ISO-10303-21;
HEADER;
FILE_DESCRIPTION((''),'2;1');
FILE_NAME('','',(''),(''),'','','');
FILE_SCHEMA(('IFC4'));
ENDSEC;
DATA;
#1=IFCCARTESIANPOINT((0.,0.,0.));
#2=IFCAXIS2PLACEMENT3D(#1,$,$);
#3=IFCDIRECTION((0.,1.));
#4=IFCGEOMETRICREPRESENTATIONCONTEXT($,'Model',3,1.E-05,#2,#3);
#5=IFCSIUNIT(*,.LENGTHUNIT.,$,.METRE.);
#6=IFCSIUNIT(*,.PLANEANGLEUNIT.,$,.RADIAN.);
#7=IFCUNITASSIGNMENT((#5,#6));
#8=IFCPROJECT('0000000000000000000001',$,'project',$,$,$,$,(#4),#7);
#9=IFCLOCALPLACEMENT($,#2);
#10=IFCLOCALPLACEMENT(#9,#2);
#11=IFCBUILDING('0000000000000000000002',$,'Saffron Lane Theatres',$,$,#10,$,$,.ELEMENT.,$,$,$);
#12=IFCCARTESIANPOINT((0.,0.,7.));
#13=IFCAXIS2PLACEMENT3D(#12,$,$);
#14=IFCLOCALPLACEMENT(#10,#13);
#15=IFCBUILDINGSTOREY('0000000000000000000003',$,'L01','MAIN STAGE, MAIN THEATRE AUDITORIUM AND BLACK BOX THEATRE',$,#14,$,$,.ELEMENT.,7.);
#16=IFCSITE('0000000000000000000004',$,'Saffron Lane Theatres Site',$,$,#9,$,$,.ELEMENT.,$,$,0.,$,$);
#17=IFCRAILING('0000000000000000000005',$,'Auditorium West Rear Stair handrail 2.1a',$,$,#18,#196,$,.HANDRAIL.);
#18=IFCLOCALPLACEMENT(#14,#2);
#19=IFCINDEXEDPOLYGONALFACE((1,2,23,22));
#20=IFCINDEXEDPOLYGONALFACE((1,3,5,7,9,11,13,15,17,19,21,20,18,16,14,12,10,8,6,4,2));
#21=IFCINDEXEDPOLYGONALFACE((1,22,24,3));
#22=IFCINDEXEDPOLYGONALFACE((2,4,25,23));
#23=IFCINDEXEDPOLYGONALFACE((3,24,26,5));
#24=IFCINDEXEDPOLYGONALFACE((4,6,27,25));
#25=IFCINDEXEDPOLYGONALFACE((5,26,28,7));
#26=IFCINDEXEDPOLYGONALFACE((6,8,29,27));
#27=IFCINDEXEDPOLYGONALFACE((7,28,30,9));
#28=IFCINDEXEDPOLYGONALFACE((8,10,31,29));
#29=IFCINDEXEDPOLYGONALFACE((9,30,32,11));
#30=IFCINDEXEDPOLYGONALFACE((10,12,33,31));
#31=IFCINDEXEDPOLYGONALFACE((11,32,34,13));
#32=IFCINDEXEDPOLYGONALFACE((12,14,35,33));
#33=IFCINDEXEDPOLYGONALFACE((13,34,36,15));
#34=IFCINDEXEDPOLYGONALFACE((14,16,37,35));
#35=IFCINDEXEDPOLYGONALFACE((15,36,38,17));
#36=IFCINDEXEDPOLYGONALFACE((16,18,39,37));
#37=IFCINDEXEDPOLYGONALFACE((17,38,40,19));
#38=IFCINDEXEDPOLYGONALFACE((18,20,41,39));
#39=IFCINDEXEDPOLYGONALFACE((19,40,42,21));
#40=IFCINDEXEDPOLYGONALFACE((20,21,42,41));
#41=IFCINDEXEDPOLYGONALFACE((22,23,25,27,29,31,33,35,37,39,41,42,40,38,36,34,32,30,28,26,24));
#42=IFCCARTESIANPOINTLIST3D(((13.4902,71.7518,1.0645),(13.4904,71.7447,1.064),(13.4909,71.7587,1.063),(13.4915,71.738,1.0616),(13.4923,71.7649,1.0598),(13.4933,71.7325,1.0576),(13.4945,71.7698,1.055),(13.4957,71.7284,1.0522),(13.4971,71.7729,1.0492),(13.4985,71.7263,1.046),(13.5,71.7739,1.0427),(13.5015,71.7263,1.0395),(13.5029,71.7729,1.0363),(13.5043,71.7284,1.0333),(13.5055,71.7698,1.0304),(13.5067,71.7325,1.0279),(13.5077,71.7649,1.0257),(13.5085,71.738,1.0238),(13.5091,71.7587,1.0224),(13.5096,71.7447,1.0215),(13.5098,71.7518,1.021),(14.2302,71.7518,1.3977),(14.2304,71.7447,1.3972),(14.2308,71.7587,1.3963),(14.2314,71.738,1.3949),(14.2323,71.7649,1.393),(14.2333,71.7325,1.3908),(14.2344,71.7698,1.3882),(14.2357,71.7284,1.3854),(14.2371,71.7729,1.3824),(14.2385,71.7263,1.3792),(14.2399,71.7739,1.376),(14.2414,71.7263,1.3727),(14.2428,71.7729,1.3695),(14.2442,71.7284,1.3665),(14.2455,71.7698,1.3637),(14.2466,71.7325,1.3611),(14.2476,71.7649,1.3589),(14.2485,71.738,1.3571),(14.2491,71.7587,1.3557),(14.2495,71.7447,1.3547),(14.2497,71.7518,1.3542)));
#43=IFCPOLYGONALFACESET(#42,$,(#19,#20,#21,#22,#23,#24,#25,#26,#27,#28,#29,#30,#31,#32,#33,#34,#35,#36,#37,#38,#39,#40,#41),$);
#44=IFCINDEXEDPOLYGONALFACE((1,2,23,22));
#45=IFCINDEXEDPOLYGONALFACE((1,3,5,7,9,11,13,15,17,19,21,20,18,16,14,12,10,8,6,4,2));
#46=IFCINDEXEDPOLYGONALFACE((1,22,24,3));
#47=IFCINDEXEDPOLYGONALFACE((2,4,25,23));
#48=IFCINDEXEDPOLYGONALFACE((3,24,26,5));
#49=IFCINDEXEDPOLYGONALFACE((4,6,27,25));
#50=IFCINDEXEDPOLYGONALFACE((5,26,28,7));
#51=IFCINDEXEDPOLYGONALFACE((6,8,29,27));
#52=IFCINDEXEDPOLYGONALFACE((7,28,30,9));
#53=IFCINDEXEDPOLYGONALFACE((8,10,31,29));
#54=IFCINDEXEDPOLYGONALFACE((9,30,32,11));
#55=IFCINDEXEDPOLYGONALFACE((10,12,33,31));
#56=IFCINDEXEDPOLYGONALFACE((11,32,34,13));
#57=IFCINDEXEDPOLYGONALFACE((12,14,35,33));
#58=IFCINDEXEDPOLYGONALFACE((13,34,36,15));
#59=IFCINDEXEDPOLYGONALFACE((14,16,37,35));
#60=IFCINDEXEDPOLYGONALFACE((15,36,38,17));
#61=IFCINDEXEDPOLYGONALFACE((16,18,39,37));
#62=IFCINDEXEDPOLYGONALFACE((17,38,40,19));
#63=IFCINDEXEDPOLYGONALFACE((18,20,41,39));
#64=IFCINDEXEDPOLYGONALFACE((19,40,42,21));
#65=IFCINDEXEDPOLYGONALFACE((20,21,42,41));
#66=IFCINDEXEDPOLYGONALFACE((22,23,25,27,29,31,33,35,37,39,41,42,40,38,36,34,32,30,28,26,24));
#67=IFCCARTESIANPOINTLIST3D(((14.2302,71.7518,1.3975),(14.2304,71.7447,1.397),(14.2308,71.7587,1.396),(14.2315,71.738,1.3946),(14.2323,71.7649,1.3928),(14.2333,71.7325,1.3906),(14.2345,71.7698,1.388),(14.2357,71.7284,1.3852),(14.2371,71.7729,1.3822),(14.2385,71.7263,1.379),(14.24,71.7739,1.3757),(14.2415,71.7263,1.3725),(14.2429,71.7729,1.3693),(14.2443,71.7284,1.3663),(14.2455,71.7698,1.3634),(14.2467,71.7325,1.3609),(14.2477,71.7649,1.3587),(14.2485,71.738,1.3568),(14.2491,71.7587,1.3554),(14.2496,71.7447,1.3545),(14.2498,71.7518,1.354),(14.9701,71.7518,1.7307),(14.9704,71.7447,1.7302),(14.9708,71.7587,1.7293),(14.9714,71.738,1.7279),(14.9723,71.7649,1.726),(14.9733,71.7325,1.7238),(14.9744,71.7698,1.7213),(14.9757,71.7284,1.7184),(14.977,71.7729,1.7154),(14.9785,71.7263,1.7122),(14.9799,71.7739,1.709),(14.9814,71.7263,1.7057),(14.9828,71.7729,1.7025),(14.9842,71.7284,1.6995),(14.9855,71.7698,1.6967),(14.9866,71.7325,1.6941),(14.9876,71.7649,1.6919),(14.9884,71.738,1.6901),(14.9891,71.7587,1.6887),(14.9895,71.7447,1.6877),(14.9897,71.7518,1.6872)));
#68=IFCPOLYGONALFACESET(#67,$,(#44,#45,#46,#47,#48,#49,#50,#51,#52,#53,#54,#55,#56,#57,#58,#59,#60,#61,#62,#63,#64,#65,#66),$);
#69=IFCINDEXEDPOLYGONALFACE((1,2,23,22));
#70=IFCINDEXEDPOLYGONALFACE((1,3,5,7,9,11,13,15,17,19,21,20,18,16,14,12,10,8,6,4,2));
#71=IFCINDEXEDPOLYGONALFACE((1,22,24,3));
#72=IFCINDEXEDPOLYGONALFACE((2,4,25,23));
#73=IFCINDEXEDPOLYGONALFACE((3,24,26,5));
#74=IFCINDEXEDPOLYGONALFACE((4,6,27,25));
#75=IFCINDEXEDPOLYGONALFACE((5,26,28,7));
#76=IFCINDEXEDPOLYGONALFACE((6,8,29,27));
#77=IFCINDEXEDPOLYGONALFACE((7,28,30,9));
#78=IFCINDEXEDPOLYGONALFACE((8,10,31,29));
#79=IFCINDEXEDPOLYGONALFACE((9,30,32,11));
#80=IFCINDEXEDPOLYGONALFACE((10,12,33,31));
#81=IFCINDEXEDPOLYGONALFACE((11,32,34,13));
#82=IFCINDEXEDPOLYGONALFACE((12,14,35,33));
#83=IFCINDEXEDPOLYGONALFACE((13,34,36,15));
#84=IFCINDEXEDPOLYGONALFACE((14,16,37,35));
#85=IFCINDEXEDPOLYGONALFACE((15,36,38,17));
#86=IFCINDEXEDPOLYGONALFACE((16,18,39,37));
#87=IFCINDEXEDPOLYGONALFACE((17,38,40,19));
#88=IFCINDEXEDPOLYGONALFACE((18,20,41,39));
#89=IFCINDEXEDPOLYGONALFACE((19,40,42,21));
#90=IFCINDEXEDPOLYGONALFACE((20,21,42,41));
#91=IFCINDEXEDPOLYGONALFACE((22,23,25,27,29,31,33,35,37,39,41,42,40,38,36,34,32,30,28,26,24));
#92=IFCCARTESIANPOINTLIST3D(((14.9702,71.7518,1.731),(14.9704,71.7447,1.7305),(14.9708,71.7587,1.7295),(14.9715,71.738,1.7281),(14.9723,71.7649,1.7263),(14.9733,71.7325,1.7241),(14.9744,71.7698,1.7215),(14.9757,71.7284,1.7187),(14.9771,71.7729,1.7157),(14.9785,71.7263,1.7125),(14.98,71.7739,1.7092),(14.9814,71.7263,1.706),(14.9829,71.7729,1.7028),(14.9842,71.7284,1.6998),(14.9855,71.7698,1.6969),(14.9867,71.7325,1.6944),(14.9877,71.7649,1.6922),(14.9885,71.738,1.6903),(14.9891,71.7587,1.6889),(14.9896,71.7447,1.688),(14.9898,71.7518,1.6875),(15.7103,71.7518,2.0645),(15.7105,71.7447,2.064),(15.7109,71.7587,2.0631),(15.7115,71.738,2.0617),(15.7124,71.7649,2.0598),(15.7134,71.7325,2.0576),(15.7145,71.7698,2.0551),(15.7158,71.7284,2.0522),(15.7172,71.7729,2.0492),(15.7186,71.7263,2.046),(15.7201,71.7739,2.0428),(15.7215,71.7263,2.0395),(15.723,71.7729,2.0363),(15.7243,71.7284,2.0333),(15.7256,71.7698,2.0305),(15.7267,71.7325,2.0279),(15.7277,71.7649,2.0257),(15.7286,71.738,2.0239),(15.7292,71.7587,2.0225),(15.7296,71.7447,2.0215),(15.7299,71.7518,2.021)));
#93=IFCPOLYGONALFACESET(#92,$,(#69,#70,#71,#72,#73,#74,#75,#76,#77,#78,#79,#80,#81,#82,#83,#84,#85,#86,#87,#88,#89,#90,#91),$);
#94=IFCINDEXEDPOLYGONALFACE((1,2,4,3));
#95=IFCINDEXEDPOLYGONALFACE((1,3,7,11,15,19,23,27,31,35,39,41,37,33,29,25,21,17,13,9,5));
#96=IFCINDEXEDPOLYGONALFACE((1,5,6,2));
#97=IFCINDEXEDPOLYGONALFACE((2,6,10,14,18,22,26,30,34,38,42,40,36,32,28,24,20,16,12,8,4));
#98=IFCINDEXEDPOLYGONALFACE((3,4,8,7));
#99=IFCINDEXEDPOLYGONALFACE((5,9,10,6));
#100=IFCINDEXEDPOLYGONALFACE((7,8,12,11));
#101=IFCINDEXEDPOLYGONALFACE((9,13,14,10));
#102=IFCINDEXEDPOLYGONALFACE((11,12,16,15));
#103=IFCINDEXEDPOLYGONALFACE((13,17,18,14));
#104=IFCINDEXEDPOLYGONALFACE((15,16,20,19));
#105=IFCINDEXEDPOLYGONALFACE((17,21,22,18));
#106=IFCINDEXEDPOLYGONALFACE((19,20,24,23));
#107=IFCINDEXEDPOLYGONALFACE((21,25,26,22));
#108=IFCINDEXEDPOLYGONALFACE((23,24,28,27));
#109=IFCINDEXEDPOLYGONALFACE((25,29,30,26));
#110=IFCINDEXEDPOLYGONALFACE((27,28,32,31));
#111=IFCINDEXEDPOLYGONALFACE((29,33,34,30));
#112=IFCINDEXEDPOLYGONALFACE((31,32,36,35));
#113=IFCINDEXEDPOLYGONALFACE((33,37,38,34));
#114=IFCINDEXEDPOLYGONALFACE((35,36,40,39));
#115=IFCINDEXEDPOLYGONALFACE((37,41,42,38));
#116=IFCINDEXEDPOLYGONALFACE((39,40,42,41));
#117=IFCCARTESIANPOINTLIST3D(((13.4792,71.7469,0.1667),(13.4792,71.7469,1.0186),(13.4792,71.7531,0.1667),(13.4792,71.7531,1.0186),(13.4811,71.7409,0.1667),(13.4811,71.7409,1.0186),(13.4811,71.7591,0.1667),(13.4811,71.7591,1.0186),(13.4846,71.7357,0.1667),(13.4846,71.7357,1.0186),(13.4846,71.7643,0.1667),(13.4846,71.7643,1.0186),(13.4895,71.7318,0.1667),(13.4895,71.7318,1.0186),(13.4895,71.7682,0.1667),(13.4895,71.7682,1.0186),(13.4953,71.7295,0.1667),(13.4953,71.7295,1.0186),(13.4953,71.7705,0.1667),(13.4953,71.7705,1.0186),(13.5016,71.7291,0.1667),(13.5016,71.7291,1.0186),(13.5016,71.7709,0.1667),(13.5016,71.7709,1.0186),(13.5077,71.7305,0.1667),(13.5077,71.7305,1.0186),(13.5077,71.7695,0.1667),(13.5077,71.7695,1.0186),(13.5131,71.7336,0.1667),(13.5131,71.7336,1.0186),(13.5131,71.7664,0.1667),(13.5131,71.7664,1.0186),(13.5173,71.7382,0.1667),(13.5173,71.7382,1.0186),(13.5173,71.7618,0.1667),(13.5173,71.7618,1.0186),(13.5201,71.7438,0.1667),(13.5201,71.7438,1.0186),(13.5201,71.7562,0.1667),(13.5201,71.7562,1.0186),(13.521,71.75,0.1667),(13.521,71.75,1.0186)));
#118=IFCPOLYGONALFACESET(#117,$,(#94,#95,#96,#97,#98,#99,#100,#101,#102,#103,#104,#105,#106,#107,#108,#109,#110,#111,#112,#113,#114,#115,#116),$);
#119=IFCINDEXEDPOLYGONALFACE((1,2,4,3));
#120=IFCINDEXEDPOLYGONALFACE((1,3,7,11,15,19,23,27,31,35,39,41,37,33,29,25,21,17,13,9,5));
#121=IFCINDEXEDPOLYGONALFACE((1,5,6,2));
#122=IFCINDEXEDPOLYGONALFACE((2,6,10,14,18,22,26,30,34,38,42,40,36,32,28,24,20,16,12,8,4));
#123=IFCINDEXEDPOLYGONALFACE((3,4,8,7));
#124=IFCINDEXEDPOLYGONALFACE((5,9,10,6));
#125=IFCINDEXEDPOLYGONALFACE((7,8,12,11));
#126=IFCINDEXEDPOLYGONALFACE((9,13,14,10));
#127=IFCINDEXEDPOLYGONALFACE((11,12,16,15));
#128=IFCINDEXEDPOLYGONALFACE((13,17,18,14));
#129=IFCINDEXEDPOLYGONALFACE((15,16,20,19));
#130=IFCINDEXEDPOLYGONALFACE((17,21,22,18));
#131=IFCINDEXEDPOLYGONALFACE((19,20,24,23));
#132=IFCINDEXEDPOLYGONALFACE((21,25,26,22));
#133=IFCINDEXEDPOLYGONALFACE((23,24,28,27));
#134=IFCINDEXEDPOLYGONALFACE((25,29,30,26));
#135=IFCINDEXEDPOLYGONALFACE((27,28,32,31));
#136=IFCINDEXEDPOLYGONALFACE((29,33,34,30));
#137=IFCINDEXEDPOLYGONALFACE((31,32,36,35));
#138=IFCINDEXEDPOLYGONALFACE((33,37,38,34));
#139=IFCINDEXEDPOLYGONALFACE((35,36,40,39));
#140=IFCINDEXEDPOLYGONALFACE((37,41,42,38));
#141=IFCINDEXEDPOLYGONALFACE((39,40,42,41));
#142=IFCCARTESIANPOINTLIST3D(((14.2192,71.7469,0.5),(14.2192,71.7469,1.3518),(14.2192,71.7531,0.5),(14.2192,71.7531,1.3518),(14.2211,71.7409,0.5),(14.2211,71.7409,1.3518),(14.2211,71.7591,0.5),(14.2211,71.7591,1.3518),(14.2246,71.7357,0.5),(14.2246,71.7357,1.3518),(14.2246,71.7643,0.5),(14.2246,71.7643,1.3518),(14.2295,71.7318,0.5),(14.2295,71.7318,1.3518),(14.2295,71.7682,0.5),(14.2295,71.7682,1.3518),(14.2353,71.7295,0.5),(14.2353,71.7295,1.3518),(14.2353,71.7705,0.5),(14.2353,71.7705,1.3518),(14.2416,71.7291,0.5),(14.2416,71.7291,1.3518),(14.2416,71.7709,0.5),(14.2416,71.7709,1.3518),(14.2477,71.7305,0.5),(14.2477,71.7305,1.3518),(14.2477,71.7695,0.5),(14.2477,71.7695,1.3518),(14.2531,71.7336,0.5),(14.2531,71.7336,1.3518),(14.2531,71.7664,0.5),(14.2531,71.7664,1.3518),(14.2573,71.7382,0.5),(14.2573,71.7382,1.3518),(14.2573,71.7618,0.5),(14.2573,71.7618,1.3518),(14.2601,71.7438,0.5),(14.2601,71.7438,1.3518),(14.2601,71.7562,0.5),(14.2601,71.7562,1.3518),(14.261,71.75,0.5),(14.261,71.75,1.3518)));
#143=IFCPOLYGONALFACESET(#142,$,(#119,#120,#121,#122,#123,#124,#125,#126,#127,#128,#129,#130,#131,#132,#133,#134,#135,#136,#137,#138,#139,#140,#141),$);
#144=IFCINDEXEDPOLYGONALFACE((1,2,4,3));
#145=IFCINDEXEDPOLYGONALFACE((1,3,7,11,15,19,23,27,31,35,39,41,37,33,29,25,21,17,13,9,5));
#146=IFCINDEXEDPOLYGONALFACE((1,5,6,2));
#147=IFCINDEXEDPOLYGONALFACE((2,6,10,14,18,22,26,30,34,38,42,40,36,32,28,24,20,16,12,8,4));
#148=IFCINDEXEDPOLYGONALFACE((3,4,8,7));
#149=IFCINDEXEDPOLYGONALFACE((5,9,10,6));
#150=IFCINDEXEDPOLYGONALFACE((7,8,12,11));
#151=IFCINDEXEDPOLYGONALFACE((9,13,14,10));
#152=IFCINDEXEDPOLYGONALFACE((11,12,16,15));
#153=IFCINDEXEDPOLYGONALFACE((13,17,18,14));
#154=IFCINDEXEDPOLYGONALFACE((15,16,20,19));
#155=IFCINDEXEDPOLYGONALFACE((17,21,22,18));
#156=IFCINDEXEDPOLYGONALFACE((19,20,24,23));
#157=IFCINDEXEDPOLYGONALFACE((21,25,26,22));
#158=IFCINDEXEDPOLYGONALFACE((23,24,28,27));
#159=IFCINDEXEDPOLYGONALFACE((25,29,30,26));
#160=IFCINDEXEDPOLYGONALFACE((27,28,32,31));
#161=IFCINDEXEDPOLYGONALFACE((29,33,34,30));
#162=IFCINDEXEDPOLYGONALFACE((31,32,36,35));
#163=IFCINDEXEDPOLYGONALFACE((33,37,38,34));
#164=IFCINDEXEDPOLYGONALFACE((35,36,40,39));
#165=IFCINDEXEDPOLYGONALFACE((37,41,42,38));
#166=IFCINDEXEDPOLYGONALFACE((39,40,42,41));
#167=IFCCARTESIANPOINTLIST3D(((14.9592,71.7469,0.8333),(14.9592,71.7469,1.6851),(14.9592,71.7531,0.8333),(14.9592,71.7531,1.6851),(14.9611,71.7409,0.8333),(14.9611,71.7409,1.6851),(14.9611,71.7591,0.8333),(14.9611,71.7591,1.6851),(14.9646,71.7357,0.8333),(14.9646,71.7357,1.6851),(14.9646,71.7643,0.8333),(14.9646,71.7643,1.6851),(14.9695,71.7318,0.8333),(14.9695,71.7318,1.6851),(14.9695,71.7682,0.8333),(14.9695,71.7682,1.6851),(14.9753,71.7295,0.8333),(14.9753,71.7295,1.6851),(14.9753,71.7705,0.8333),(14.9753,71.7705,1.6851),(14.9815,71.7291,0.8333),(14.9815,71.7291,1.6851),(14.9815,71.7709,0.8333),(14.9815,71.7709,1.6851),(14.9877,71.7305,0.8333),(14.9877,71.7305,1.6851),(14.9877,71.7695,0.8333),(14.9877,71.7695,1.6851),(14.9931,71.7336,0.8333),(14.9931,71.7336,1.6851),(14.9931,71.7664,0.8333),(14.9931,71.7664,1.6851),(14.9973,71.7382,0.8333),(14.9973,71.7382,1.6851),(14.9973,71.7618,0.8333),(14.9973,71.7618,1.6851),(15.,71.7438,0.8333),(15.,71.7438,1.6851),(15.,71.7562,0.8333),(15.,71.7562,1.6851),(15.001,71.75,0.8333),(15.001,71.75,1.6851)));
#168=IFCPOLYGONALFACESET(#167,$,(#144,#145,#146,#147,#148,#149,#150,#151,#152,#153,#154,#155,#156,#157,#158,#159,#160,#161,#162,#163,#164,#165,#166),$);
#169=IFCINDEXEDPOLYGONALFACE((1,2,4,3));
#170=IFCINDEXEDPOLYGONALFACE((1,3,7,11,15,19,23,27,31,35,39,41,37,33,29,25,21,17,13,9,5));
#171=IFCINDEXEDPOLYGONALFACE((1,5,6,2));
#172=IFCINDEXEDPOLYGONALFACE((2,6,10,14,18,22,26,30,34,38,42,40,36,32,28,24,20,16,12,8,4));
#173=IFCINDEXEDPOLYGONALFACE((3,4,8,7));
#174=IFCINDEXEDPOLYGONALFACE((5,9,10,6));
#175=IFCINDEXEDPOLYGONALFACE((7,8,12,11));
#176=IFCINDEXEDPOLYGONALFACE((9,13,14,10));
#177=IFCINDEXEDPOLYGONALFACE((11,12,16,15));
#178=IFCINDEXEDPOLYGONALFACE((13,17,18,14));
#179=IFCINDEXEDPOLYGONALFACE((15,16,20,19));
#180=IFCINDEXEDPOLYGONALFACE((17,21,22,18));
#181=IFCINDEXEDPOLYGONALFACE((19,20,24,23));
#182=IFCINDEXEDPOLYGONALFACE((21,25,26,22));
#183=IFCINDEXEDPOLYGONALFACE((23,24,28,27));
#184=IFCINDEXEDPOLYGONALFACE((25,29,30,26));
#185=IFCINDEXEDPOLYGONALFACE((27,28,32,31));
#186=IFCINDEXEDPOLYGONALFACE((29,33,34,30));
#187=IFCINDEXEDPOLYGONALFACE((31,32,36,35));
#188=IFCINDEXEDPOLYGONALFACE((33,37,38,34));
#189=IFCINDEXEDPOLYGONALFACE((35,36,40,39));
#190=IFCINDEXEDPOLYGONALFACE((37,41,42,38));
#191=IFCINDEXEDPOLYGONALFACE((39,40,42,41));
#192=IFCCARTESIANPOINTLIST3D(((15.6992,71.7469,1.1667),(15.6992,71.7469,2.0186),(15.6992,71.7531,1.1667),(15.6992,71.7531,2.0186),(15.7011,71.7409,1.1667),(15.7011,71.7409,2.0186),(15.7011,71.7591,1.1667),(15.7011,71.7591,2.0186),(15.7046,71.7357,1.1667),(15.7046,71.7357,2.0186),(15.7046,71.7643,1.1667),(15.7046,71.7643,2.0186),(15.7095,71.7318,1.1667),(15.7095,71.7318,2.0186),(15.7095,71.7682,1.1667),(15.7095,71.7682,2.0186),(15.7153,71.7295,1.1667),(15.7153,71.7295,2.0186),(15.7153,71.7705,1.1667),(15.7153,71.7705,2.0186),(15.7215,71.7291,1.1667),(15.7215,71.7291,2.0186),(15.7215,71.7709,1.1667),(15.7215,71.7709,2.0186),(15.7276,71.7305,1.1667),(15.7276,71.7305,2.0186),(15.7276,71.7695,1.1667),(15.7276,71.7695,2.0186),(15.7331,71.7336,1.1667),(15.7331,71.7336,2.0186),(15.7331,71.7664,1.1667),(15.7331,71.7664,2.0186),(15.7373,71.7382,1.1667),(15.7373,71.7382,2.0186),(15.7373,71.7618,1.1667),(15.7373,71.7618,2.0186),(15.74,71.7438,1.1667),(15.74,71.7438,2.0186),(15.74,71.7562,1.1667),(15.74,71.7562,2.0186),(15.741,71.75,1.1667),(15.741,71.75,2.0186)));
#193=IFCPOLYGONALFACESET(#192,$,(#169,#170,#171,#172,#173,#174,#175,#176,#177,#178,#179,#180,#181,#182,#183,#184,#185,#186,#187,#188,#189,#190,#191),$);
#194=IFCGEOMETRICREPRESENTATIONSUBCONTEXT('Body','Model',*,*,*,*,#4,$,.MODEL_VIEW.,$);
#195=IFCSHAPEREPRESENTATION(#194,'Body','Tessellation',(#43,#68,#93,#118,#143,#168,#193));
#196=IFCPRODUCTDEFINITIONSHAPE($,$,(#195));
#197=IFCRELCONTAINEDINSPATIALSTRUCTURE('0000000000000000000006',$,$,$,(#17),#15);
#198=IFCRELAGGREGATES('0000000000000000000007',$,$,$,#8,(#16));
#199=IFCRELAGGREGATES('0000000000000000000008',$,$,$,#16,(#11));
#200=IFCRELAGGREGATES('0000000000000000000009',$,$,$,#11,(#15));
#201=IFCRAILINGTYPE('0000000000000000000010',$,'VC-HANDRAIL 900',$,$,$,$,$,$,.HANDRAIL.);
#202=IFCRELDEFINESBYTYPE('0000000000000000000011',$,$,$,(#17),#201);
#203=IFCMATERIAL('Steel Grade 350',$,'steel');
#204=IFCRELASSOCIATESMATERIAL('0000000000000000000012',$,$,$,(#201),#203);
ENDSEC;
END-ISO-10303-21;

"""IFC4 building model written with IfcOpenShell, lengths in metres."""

from ifc_helpers import new_model, si_unit, direction, frame, origin, origin_2d, place, context, subcontext, project, spatial, circle, extrude, material, type_object, element, save


model = new_model("IFC4")

# Units and contexts
model_context = context("Model", 3, precision=1e-05, world=origin(), true_north=direction((0.0, 1.0)))
body_context = subcontext(model_context, "Body", "Model", "MODEL_VIEW")
ifc_project = project(units=[si_unit("LENGTHUNIT", "METRE"), si_unit("PLANEANGLEUNIT", "RADIAN")], contexts=[model_context])

# Site, building, storey
site_placement = place(None, origin())
site = spatial("IfcSite", under=ifc_project, at=site_placement, Name="Saffron Lane Theatres Site", CompositionType="ELEMENT", RefElevation=0.0)
building_placement = place(site_placement, origin())
building = spatial("IfcBuilding", under=site, at=building_placement, Name="Saffron Lane Theatres", CompositionType="ELEMENT")
storey_placement = place(building_placement, frame((0.0, 0.0, 7.0)))
storey = spatial("IfcBuildingStorey", under=building, at=storey_placement, Name="L01", Description="MAIN STAGE, MAIN THEATRE AUDITORIUM AND BLACK BOX THEATRE", CompositionType="ELEMENT", Elevation=7.0)

# Railing
ifc_material_1 = material(Name="Steel Grade 350", Category="steel")
railing_type_1 = type_object("IfcRailingType", Name="VC-HANDRAIL 900", PredefinedType="HANDRAIL", material=ifc_material_1)
for number, where, name in (
    (1, (13.5, 71.75, 0.1667), "Auditorium West Rear Stair handrail 2.1a"),
):
    element("IfcRailing", number, at=place(storey_placement, frame(where)), inside=storey, type_object=railing_type_1, Name=name, PredefinedType="HANDRAIL", context=body_context, shape_type="SweptSolid", body=[
        extrude(circle(Radius=0.0239, at=origin_2d()), frame((0.0, 0.0, 0.876), z_axis=(0.911803, 0.0, 0.410627), x_axis=(0.0, 1.0, 0.0)), (0.0, 0.0, 1.0), 0.8115),
        extrude(circle(Radius=0.0239, at=origin_2d()), frame((0.74, 0.0, 1.209), z_axis=(0.911803, 0.0, 0.410627), x_axis=(0.0, 1.0, 0.0)), (0.0, 0.0, 1.0), 0.8115),
        extrude(circle(Radius=0.0239, at=origin_2d()), frame((1.48, 0.0, 1.5425), z_axis=(0.911691, 0.0, 0.410877), x_axis=(0.0, 1.0, 0.0)), (0.0, 0.0, 1.0), 0.8118),
        extrude(circle(Radius=0.021, at=origin_2d()), origin(), (0.0, 0.0, 1.0), 0.8518),
        extrude(circle(Radius=0.021, at=origin_2d()), frame((0.74, 0.0, 0.3333)), (0.0, 0.0, 1.0), 0.8518),
        extrude(circle(Radius=0.021, at=origin_2d()), frame((1.48, 0.0, 0.6665)), (0.0, 0.0, 1.0), 0.8518),
        extrude(circle(Radius=0.021, at=origin_2d()), frame((2.22, 0.0, 1.0)), (0.0, 0.0, 1.0), 0.8518),
    ])

save(model, "model.ifc")
